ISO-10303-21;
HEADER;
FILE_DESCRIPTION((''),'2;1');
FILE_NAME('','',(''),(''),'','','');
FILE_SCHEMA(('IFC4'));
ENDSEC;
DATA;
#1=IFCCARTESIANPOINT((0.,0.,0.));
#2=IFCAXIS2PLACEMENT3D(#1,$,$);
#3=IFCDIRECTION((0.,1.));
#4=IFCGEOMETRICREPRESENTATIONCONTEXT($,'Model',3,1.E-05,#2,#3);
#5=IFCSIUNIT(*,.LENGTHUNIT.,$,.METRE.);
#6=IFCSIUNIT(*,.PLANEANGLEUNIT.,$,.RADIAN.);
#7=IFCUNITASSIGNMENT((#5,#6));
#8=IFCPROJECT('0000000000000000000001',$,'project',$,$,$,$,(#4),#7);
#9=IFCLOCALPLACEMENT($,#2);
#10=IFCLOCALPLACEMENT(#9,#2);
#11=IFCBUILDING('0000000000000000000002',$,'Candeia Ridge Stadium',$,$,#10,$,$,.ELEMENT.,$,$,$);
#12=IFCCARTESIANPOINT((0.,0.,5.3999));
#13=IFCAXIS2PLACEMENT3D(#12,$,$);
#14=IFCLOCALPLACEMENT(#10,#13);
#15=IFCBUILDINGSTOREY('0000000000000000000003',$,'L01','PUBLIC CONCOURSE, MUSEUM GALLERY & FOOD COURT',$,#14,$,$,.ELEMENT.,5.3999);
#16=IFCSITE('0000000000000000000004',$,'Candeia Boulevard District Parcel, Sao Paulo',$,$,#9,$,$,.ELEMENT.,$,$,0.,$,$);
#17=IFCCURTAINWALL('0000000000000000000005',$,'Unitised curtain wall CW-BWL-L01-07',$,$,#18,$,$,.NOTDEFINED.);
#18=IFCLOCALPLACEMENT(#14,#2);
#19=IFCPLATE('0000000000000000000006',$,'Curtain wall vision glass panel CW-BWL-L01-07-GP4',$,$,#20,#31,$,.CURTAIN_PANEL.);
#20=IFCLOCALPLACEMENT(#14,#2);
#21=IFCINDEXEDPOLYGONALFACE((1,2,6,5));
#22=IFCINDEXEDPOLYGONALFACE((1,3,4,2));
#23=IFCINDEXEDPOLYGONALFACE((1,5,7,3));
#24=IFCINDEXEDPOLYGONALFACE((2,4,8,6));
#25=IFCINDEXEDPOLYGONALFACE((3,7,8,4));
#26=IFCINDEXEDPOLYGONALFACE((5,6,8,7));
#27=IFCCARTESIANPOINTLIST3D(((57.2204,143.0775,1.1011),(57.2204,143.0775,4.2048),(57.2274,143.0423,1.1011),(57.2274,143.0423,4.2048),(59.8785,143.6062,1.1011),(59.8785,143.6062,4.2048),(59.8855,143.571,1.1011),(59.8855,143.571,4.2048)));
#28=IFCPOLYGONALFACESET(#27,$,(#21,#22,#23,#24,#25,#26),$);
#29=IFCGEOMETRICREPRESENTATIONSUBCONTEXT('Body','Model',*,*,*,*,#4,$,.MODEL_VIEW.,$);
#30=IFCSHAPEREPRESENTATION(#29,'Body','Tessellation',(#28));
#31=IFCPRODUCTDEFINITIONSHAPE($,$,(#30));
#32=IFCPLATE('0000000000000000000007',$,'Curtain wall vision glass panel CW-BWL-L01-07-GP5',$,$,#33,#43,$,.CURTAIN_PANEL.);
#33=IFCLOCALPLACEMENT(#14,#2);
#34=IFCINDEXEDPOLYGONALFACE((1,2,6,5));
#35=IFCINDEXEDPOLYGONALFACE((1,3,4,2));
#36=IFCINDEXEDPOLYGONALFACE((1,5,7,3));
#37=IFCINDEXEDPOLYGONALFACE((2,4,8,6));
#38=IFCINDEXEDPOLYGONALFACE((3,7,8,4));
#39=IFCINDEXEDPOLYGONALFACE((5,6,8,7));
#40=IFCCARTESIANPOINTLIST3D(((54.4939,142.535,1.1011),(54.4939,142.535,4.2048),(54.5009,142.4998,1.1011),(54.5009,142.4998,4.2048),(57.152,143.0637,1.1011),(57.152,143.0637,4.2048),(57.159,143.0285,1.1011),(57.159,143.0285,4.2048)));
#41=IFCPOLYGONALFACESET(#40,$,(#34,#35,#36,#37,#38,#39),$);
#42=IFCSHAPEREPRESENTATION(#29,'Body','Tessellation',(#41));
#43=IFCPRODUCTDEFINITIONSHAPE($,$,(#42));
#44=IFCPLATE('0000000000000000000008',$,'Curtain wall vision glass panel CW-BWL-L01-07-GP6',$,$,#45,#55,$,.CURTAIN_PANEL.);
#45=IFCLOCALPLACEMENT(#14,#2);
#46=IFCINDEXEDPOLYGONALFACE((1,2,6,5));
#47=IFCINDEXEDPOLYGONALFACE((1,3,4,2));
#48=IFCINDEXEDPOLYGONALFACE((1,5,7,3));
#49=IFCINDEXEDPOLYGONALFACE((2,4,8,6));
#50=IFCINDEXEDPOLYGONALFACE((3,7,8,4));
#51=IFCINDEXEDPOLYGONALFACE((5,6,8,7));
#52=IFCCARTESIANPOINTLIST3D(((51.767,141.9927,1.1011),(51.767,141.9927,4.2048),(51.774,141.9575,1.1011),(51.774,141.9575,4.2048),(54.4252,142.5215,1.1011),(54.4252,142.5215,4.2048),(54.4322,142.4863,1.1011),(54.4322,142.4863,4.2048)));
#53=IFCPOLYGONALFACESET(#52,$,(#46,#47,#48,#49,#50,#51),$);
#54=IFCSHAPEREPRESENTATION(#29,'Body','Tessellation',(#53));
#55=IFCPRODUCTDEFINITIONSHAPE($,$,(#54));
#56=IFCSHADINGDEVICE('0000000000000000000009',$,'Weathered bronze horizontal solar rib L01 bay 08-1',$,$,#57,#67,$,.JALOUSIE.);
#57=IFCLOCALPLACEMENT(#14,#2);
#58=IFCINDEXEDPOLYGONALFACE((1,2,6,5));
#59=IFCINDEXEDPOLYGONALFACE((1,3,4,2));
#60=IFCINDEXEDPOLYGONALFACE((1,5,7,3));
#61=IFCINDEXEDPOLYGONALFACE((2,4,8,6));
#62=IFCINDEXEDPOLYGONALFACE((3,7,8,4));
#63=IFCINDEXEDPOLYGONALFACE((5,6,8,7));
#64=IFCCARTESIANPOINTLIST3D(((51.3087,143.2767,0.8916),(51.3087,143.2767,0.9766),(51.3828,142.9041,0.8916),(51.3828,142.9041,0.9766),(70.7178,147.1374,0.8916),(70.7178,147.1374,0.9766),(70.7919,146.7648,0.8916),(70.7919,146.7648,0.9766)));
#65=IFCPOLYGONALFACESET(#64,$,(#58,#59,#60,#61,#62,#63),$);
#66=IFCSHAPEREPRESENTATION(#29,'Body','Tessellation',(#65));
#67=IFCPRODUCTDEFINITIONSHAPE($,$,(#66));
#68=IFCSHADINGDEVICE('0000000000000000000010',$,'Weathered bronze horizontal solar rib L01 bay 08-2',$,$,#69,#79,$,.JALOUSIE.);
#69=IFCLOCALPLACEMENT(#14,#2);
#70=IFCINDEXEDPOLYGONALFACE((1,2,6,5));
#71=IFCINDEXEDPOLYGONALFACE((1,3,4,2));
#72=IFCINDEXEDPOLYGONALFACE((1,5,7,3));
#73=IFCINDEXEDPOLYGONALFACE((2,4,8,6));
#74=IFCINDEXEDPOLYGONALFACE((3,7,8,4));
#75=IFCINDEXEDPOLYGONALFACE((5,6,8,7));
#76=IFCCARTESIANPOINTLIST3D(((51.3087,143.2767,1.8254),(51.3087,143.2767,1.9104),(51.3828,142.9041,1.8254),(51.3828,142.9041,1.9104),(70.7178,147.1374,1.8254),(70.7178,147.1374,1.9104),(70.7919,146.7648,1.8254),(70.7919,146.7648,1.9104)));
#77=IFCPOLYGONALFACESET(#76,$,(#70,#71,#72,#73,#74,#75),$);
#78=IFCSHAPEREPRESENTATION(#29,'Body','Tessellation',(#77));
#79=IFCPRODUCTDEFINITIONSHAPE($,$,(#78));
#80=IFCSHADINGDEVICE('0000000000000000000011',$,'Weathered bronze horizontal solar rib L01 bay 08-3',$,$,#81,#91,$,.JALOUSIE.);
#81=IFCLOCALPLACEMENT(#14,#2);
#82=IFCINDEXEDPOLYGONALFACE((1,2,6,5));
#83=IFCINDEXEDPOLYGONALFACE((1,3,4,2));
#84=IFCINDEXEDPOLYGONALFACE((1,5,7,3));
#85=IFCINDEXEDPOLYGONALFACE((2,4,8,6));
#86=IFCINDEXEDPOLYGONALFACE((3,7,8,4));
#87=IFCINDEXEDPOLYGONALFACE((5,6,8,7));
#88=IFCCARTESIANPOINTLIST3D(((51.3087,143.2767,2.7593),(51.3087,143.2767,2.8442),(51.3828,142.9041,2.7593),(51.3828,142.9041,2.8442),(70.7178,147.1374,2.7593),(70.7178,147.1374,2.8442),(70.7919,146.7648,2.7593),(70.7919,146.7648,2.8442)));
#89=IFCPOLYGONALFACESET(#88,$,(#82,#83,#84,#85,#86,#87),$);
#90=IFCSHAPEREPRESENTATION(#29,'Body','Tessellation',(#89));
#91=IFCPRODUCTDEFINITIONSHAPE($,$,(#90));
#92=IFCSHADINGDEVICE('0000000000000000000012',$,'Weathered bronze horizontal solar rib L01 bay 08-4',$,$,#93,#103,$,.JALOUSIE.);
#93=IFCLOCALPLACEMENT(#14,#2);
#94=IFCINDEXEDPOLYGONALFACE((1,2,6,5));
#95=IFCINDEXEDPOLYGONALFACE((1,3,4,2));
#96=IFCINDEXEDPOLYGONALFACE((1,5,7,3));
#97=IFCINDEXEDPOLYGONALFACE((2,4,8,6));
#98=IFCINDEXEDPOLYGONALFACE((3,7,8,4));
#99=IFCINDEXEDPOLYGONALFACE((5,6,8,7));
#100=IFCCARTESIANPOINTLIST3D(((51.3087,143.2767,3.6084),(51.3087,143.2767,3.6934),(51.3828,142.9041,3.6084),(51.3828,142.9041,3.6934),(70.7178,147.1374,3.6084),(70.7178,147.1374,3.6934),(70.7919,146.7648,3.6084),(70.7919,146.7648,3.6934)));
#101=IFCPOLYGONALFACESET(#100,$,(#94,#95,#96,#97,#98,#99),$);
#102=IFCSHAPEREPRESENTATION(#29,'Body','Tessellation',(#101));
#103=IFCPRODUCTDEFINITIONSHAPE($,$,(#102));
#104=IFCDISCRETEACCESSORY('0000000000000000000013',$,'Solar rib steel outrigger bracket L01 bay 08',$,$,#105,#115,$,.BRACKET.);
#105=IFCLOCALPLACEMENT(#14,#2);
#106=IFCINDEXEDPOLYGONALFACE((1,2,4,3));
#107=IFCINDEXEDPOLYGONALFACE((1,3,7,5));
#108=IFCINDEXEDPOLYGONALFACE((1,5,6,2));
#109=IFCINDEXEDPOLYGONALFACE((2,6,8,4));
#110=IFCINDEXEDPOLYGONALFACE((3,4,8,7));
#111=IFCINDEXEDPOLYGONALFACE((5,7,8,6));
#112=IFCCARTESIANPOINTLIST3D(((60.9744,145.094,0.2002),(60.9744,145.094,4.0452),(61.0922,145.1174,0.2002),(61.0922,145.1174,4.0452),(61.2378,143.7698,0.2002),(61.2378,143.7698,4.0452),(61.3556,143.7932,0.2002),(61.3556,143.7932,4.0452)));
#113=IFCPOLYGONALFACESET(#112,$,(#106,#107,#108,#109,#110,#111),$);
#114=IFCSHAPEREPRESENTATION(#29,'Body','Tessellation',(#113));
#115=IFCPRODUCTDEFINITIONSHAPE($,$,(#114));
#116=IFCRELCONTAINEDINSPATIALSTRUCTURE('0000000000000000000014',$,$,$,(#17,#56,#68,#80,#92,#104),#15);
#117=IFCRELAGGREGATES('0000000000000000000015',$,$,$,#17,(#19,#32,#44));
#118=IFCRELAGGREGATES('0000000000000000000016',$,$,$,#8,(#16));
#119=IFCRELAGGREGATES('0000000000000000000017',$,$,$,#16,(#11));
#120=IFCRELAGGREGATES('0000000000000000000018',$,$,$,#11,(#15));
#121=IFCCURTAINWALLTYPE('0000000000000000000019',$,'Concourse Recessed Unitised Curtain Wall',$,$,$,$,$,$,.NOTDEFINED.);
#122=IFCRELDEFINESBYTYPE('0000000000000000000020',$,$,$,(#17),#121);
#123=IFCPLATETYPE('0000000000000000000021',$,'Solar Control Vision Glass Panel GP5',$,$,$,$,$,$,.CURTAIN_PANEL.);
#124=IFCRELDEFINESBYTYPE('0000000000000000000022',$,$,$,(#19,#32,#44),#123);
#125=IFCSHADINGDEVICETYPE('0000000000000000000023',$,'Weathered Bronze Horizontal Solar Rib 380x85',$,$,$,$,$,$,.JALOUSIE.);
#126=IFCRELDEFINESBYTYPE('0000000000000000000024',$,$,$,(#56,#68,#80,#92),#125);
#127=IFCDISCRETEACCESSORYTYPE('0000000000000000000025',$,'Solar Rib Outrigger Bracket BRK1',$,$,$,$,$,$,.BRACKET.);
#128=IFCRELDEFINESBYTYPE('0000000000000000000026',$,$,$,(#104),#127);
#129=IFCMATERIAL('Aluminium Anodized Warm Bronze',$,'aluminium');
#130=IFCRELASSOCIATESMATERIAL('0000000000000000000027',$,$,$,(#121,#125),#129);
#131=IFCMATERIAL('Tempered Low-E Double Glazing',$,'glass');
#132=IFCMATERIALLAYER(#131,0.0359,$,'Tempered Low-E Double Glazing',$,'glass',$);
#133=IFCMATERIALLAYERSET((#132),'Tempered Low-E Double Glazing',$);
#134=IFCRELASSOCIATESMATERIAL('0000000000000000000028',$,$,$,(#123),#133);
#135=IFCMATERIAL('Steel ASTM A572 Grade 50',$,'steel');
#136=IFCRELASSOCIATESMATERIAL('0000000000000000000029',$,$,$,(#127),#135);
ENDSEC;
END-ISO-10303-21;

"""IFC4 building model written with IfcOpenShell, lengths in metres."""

from ifc_helpers import new_model, si_unit, direction, frame, origin, origin_2d, place, context, subcontext, project, spatial, rectangle, extrude, material, layer, layer_set, type_object, element, aggregate, save


model = new_model("IFC4")

# Units and contexts
model_context = context("Model", 3, precision=1e-05, world=origin(), true_north=direction((0.0, 1.0)))
body_context = subcontext(model_context, "Body", "Model", "MODEL_VIEW")
ifc_project = project(units=[si_unit("LENGTHUNIT", "METRE"), si_unit("PLANEANGLEUNIT", "RADIAN")], contexts=[model_context])

# Site, building, storey
site_placement = place(None, origin())
site = spatial("IfcSite", under=ifc_project, at=site_placement, Name="Candeia Boulevard District Parcel, Sao Paulo", CompositionType="ELEMENT", RefElevation=0.0)
building_placement = place(site_placement, origin())
building = spatial("IfcBuilding", under=site, at=building_placement, Name="Candeia Ridge Stadium", CompositionType="ELEMENT")
storey_placement = place(building_placement, frame((0.0, 0.0, 5.3999)))
storey = spatial("IfcBuildingStorey", under=building, at=storey_placement, Name="L01", Description="PUBLIC CONCOURSE, MUSEUM GALLERY & FOOD COURT", CompositionType="ELEMENT", Elevation=5.3999)

# Curtain wall
ifc_material_1 = material(Name="Aluminium Anodized Warm Bronze", Category="aluminium")
curtain_wall_type = type_object("IfcCurtainWallType", Name="Concourse Recessed Unitised Curtain Wall", PredefinedType="NOTDEFINED", material=ifc_material_1)
curtain_wall_placement = place(storey_placement, origin())
curtain_wall = element("IfcCurtainWall", 1, at=curtain_wall_placement, inside=storey, type_object=curtain_wall_type, Name="Unitised curtain wall CW-BWL-L01-07", PredefinedType="NOTDEFINED")

# Plates
ifc_material_2 = material(Name="Tempered Low-E Double Glazing", Category="glass")
ifc_layer_1 = layer(ifc_material_2, 0.0359, Name="Tempered Low-E Double Glazing", Category="glass")
ifc_layer_set_1 = layer_set([ifc_layer_1], Name="Tempered Low-E Double Glazing")
plate_type_1 = type_object("IfcPlateType", Name="Solar Control Vision Glass Panel GP5", PredefinedType="CURTAIN_PANEL", material=ifc_layer_set_1)
plate_1_placement = place(storey_placement, frame((58.553, 143.3242, 1.1011), z_axis=(0.0, 0.0, 1.0), x_axis=(-0.980785, -0.19509, 0.0)))
plate_1 = element("IfcPlate", 2, at=plate_1_placement, type_object=plate_type_1, Name="Curtain wall vision glass panel CW-BWL-L01-07-GP4", PredefinedType="CURTAIN_PANEL", context=body_context, shape_type="SweptSolid", body=[
    extrude(rectangle(XDim=2.7102, YDim=0.0359, at=origin_2d()), origin(), (0.0, 0.0, 1.0), 3.1038),
])
plate_2_placement = place(storey_placement, frame((55.8264, 142.7817, 1.1011), z_axis=(0.0, 0.0, 1.0), x_axis=(-0.980785, -0.19509, 0.0)))
plate_2 = element("IfcPlate", 3, at=plate_2_placement, type_object=plate_type_1, Name="Curtain wall vision glass panel CW-BWL-L01-07-GP5", PredefinedType="CURTAIN_PANEL", context=body_context, shape_type="SweptSolid", body=[
    extrude(rectangle(XDim=2.7102, YDim=0.0359, at=origin_2d()), origin(), (0.0, 0.0, 1.0), 3.1038),
])
plate_3_placement = place(storey_placement, frame((53.0996, 142.2395, 1.1011), z_axis=(0.0, 0.0, 1.0), x_axis=(-0.980785, -0.19509, 0.0)))
plate_3 = element("IfcPlate", 4, at=plate_3_placement, type_object=plate_type_1, Name="Curtain wall vision glass panel CW-BWL-L01-07-GP6", PredefinedType="CURTAIN_PANEL", context=body_context, shape_type="SweptSolid", body=[
    extrude(rectangle(XDim=2.7102, YDim=0.0359, at=origin_2d()), origin(), (0.0, 0.0, 1.0), 3.1038),
])
aggregate(curtain_wall, [plate_1, plate_2, plate_3])

# Shading devices
shading_device_type = type_object("IfcShadingDeviceType", Name="Weathered Bronze Horizontal Solar Rib 380x85", PredefinedType="JALOUSIE", material=ifc_material_1)
for number, where, z_axis, x_axis, name in (
    (5, (61.0503, 145.0208, 0.8916), (0.0, 0.0, 1.0), (-0.980785, -0.19509, 0.0), "Weathered bronze horizontal solar rib L01 bay 08-1"),
    (6, (61.0503, 145.0208, 1.8254), (0.0, 0.0, 1.0), (-0.980785, -0.19509, 0.0), "Weathered bronze horizontal solar rib L01 bay 08-2"),
    (7, (61.0503, 145.0208, 2.7593), (0.0, 0.0, 1.0), (-0.980785, -0.19509, 0.0), "Weathered bronze horizontal solar rib L01 bay 08-3"),
    (8, (61.0503, 145.0208, 3.6084), (0.0, 0.0, 1.0), (-0.980785, -0.19509, 0.0), "Weathered bronze horizontal solar rib L01 bay 08-4"),
):
    element("IfcShadingDevice", number, at=place(storey_placement, frame(where, z_axis=z_axis, x_axis=x_axis)), inside=storey, type_object=shading_device_type, Name=name, PredefinedType="JALOUSIE", context=body_context, shape_type="SweptSolid", body=[
        extrude(rectangle(XDim=19.7893, YDim=0.3799, at=origin_2d()), origin(), (0.0, 0.0, 1.0), 0.085),
    ])

# Discrete accessory
ifc_material_3 = material(Name="Steel ASTM A572 Grade 50", Category="steel")
discrete_accessory_type = type_object("IfcDiscreteAccessoryType", Name="Solar Rib Outrigger Bracket BRK1", PredefinedType="BRACKET", material=ifc_material_3)
discrete_accessory_placement = place(storey_placement, frame((61.165, 144.4436, 0.2002), z_axis=(0.0, 0.0, 1.0), x_axis=(-0.19509, 0.980785, 0.0)))
element("IfcDiscreteAccessory", 9, at=discrete_accessory_placement, inside=storey, type_object=discrete_accessory_type, Name="Solar rib steel outrigger bracket L01 bay 08", PredefinedType="BRACKET", context=body_context, shape_type="SweptSolid", body=[
    extrude(rectangle(XDim=1.3501, YDim=0.1201, at=origin_2d()), origin(), (0.0, 0.0, 1.0), 3.845),
])

save(model, "model.ifc")
